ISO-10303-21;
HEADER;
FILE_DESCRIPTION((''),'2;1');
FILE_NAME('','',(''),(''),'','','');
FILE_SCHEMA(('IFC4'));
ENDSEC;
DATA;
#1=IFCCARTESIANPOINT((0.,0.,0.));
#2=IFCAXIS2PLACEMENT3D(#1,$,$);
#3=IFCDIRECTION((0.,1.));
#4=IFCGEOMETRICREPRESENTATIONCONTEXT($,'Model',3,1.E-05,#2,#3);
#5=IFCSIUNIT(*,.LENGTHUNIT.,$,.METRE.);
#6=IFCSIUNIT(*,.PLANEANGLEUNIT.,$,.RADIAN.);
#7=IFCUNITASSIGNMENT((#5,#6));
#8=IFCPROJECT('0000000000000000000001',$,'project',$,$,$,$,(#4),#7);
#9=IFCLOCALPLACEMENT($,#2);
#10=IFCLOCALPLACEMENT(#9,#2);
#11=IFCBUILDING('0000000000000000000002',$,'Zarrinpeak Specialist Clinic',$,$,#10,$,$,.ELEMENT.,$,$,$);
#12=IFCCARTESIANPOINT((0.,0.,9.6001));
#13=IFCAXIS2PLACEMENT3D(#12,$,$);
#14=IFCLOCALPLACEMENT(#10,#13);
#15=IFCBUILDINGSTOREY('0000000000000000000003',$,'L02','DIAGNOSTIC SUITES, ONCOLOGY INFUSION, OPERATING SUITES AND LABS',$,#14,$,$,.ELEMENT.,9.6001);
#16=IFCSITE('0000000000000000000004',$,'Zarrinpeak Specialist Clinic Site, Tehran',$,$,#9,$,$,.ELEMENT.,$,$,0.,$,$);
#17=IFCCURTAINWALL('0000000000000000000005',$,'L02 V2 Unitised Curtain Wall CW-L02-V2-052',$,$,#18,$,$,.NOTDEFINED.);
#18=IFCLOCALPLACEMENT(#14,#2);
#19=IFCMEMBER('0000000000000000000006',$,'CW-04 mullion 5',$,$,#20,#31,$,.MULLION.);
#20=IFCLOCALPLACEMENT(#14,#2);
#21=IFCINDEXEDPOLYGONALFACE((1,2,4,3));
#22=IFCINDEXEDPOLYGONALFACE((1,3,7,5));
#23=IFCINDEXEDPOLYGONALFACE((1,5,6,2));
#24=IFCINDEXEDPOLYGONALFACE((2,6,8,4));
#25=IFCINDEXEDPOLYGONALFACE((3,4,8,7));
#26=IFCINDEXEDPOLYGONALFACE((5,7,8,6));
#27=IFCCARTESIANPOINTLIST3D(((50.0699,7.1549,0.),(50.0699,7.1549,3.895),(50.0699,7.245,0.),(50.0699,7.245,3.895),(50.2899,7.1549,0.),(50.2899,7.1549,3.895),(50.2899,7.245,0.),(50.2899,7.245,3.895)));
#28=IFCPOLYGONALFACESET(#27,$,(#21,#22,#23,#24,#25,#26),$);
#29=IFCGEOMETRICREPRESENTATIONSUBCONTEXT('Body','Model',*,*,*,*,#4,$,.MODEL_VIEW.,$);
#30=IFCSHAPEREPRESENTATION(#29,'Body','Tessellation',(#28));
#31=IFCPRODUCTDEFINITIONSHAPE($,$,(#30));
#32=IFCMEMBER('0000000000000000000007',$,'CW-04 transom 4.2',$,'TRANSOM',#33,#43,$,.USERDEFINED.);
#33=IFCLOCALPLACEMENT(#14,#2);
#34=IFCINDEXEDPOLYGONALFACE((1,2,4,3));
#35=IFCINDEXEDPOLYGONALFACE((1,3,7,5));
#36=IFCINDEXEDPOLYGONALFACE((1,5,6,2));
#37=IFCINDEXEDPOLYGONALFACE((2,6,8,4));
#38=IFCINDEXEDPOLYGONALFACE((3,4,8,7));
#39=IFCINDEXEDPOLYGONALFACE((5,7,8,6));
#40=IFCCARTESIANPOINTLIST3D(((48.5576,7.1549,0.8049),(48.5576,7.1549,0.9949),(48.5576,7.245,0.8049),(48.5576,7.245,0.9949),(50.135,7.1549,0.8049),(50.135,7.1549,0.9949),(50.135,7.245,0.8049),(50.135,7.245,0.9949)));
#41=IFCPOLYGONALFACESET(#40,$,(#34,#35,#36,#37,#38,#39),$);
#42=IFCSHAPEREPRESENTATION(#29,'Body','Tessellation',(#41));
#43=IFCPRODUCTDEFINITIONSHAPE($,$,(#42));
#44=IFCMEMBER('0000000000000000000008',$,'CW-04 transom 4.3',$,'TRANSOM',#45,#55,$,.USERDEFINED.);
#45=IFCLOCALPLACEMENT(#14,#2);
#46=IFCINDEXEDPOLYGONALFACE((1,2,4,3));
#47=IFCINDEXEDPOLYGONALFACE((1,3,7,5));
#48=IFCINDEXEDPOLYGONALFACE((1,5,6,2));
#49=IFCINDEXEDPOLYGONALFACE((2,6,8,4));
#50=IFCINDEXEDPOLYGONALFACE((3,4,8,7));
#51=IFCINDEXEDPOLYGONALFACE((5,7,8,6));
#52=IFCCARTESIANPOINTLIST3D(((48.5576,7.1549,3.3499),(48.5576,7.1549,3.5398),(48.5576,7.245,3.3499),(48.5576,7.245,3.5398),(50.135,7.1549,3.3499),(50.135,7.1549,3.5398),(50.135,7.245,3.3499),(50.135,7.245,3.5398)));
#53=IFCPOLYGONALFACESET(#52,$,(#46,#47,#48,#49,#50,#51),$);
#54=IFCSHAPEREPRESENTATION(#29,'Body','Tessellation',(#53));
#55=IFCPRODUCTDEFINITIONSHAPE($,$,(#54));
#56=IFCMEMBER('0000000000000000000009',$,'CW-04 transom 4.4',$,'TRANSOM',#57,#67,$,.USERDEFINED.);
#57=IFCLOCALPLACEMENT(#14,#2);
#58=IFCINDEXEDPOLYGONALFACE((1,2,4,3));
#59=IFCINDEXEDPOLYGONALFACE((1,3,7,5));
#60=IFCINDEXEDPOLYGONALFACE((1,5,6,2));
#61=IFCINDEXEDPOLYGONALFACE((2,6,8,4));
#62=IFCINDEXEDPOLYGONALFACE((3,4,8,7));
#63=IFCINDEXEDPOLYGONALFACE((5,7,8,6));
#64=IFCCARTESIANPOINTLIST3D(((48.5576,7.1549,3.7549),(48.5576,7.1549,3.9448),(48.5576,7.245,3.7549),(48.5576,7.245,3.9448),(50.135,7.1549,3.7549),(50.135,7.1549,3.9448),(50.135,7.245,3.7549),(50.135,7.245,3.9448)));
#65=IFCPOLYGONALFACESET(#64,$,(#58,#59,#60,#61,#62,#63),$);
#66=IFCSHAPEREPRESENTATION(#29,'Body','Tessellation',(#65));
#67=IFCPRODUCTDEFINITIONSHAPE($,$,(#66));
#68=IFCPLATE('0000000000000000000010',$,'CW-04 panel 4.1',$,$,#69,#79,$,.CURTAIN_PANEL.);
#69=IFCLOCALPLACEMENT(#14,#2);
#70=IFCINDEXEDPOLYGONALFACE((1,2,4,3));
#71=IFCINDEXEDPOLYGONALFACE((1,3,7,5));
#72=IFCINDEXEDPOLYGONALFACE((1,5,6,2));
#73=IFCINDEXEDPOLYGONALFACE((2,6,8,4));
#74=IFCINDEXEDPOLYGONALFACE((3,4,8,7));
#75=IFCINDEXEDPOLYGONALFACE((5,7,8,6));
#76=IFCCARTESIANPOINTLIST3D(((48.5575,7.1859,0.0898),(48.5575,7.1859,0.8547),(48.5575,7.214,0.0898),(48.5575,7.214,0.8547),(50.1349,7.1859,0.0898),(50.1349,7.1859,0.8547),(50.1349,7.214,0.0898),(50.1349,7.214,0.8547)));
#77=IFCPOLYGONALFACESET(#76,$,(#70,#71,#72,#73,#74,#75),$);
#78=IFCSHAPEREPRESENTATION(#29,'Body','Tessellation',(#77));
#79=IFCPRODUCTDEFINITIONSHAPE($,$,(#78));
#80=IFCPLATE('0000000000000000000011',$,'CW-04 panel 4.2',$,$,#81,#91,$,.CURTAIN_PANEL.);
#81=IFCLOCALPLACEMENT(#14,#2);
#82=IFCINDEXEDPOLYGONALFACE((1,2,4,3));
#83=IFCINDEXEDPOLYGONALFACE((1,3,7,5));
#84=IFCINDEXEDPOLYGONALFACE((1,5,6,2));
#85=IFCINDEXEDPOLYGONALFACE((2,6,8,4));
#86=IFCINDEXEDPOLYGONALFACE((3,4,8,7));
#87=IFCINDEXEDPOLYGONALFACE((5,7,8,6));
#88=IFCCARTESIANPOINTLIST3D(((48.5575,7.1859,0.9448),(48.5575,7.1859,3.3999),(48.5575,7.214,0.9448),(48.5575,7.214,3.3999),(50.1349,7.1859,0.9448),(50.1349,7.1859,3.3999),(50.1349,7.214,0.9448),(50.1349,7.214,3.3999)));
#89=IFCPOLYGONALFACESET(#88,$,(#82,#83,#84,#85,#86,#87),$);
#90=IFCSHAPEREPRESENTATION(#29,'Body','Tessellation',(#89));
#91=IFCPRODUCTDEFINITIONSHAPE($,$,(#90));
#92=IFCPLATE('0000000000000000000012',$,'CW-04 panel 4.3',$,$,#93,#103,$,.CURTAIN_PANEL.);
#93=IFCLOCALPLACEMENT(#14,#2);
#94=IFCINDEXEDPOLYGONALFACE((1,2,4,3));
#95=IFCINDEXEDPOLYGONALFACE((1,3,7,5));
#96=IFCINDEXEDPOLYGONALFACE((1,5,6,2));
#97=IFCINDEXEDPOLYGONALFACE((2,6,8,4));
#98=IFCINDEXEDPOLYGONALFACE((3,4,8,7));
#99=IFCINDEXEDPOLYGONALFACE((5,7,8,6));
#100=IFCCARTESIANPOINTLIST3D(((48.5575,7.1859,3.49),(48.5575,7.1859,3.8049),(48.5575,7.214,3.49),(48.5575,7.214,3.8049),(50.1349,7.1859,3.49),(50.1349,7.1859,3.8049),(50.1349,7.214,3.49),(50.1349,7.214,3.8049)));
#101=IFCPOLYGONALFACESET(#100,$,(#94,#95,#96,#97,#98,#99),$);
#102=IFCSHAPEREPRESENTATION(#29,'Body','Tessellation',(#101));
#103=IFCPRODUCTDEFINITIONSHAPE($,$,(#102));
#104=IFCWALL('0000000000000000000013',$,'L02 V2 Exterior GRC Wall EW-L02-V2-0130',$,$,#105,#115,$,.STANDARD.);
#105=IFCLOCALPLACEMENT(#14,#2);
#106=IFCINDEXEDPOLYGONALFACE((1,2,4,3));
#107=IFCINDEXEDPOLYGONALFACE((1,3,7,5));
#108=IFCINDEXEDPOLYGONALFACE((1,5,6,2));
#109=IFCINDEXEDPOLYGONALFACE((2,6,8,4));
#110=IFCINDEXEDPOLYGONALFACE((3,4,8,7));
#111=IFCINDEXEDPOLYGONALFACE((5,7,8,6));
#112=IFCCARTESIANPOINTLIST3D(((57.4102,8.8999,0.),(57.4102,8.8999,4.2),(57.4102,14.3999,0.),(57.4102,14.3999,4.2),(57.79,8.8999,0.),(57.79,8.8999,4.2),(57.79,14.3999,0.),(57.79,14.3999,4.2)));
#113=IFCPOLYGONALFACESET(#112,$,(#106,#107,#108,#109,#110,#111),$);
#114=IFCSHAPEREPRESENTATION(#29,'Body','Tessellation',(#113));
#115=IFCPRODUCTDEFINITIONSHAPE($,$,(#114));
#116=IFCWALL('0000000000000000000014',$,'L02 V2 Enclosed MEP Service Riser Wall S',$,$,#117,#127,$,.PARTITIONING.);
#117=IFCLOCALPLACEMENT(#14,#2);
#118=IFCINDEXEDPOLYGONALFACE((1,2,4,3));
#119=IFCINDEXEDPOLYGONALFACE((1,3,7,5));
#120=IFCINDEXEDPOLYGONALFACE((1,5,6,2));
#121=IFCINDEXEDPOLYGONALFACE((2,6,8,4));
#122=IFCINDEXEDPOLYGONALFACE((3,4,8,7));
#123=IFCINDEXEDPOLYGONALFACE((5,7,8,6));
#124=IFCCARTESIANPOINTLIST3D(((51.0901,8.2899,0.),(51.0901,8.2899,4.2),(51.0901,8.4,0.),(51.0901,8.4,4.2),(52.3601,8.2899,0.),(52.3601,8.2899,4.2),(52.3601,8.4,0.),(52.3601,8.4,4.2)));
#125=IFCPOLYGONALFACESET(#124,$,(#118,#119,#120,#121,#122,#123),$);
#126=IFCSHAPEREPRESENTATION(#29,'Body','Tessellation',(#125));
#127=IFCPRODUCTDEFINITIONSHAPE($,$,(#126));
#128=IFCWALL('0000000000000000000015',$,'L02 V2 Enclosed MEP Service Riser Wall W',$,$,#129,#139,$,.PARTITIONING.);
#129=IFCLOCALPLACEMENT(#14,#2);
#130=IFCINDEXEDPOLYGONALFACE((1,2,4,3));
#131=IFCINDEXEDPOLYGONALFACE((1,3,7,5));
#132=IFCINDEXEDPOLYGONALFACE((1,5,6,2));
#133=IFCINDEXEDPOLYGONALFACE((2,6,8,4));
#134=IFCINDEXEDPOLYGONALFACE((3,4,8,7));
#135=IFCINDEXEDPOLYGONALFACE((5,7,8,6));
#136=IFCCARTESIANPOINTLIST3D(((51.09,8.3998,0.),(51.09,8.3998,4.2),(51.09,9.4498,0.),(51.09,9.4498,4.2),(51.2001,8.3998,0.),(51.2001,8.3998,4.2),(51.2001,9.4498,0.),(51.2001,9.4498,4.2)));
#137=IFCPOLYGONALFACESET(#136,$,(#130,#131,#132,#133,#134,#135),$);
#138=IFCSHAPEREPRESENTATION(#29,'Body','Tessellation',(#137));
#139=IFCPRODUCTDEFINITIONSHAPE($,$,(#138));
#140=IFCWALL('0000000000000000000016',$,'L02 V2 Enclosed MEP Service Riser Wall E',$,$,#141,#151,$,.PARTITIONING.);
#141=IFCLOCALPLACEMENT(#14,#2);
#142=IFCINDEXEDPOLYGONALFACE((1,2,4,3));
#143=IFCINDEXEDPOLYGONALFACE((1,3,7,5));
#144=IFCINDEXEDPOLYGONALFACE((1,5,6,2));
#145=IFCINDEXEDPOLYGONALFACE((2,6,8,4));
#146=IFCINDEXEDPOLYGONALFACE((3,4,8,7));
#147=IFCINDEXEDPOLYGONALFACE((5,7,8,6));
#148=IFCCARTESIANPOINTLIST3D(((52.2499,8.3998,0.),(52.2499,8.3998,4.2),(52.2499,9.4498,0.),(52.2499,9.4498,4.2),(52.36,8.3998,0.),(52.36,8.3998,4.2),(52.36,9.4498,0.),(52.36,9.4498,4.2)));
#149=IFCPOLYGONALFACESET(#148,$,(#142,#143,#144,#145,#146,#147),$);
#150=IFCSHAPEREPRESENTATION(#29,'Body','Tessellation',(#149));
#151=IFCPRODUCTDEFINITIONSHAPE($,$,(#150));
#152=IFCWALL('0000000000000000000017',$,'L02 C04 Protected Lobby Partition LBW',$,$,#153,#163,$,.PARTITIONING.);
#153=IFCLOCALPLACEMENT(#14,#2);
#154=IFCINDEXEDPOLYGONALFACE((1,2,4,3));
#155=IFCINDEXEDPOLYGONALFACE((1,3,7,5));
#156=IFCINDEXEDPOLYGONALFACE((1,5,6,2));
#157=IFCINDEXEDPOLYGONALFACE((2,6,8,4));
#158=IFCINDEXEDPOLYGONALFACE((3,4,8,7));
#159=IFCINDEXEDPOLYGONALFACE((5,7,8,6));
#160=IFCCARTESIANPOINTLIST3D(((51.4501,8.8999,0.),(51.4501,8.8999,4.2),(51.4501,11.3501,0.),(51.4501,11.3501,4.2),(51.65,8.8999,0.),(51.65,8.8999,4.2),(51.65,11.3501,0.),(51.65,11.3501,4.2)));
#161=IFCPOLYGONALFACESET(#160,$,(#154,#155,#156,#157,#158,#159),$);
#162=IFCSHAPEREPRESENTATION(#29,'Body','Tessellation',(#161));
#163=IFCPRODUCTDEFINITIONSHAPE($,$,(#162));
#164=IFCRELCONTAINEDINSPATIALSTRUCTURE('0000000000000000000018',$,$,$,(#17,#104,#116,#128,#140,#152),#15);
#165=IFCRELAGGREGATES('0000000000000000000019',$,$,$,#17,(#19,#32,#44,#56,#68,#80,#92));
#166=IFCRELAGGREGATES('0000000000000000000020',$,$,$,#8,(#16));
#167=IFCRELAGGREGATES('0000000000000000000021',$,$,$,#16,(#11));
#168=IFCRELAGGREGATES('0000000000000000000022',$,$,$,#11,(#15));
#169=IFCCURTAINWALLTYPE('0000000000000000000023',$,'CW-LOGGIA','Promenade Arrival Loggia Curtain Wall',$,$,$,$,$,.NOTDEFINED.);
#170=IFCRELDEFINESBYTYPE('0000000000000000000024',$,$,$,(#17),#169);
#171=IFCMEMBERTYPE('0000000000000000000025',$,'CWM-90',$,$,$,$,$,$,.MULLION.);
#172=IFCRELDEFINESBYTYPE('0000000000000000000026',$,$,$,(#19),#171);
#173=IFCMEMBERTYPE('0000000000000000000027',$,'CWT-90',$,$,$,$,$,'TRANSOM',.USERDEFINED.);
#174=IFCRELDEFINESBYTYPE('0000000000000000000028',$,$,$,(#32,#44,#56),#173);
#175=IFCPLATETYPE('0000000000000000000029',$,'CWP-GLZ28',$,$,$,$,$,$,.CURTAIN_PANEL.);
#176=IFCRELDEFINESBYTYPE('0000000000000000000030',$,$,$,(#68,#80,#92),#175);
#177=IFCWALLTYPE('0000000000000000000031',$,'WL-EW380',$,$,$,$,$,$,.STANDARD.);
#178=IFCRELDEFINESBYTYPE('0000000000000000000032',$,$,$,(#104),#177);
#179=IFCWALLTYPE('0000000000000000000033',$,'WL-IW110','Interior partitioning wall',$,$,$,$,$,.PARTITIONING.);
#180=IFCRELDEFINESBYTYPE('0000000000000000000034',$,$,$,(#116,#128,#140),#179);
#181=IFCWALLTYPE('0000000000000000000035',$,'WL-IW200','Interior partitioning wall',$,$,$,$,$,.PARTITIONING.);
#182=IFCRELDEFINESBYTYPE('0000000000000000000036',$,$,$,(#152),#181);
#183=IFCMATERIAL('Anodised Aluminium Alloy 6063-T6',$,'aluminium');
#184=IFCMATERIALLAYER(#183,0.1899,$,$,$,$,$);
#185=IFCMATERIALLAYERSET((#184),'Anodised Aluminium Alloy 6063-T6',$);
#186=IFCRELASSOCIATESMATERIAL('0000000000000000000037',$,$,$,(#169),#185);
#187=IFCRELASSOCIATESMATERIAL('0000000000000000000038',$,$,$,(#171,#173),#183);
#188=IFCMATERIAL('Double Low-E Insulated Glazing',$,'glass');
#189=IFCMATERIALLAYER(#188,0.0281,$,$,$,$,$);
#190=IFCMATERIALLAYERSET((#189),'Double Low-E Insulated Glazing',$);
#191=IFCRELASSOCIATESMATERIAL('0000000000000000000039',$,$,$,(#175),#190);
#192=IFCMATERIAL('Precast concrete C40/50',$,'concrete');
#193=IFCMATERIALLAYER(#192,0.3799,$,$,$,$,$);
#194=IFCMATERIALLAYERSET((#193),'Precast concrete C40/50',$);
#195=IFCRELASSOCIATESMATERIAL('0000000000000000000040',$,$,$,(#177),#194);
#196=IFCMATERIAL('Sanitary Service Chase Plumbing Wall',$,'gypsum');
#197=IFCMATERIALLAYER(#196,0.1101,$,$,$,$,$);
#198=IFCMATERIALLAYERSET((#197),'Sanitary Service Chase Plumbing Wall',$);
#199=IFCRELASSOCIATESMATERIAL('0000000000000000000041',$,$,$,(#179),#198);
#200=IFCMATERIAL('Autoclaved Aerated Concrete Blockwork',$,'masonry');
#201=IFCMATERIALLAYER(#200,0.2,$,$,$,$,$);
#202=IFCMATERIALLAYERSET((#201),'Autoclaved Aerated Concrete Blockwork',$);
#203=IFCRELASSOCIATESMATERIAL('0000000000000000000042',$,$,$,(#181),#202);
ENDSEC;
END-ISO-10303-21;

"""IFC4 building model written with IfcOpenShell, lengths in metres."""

from ifc_helpers import new_model, si_unit, direction, frame, frame_2d, origin, origin_2d, place, context, subcontext, project, spatial, rectangle, extrude, material, layer, layer_set, material_profile, profile_set, type_object, element, aggregate, save


model = new_model("IFC4")

# Units and contexts
model_context = context("Model", 3, precision=1e-05, world=origin(), true_north=direction((0.0, 1.0)))
body_context = subcontext(model_context, "Body", "Model", "MODEL_VIEW")
ifc_project = project(units=[si_unit("LENGTHUNIT", "METRE"), si_unit("PLANEANGLEUNIT", "RADIAN")], contexts=[model_context])

# Site, building, storey
site_placement = place(None, origin())
site = spatial("IfcSite", under=ifc_project, at=site_placement, Name="Zarrinpeak Specialist Clinic Site, Tehran", CompositionType="ELEMENT", RefElevation=0.0)
building_placement = place(site_placement, origin())
building = spatial("IfcBuilding", under=site, at=building_placement, Name="Zarrinpeak Specialist Clinic", CompositionType="ELEMENT")
storey_placement = place(building_placement, frame((0.0, 0.0, 9.6001)))
storey = spatial("IfcBuildingStorey", under=building, at=storey_placement, Name="L02", Description="DIAGNOSTIC SUITES, ONCOLOGY INFUSION, OPERATING SUITES AND LABS", CompositionType="ELEMENT", Elevation=9.6001)

# Curtain wall, members, plates
ifc_material_1 = material(Name="Anodised Aluminium Alloy 6063-T6", Category="aluminium")
ifc_layer_1 = layer(ifc_material_1, 0.1899)
ifc_layer_set_1 = layer_set([ifc_layer_1], Name="Anodised Aluminium Alloy 6063-T6")
curtain_wall_type = type_object("IfcCurtainWallType", Name="CW-LOGGIA", Description="Promenade Arrival Loggia Curtain Wall", PredefinedType="NOTDEFINED", material=ifc_layer_set_1)
curtain_wall_placement = place(storey_placement, origin())
curtain_wall = element("IfcCurtainWall", 1, at=curtain_wall_placement, inside=storey, type_object=curtain_wall_type, Name="L02 V2 Unitised Curtain Wall CW-L02-V2-052", PredefinedType="NOTDEFINED")
ifc_material_profile_1 = material_profile(ifc_material_1, rectangle(XDim=0.0901, YDim=0.22, at=origin_2d()), Name="ALU 90x220")
ifc_profile_set_1 = profile_set([ifc_material_profile_1], Name="Anodised Aluminium Alloy 6063-T6")
member_type_1 = type_object("IfcMemberType", Name="CWM-90", PredefinedType="MULLION", material=ifc_profile_set_1)
member_1_placement = place(storey_placement, frame((50.1799, 7.2, 0.0), z_axis=(0.0, 0.0, 1.0), x_axis=(0.0, 1.0, 0.0)))
member_1 = element("IfcMember", 2, at=member_1_placement, type_object=member_type_1, Name="CW-04 mullion 5", PredefinedType="MULLION", context=body_context, shape_type="SweptSolid", body=[
    extrude(rectangle(XDim=0.0901, YDim=0.22, at=origin_2d()), origin(), (0.0, 0.0, 1.0), 3.895),
])
ifc_material_profile_2 = material_profile(ifc_material_1, rectangle(XDim=0.0901, YDim=0.1899, at=origin_2d()), Name="ALU 90x190")
ifc_profile_set_2 = profile_set([ifc_material_profile_2], Name="Anodised Aluminium Alloy 6063-T6")
member_type_2 = type_object("IfcMemberType", Name="CWT-90", ElementType="TRANSOM", PredefinedType="USERDEFINED", material=ifc_profile_set_2)
member_2_placement = place(storey_placement, frame((48.5576, 7.2, 0.8999), z_axis=(1.0, 0.0, 0.0), x_axis=(0.0, 1.0, 0.0)))
member_2 = element("IfcMember", 3, at=member_2_placement, type_object=member_type_2, Name="CW-04 transom 4.2", ObjectType="TRANSOM", PredefinedType="USERDEFINED", context=body_context, shape_type="SweptSolid", body=[
    extrude(rectangle(XDim=0.0901, YDim=0.1899, at=origin_2d()), origin(), (0.0, 0.0, 1.0), 1.5774),
])
member_3_placement = place(storey_placement, frame((48.5576, 7.2, 3.4448), z_axis=(1.0, 0.0, 0.0), x_axis=(0.0, 1.0, 0.0)))
member_3 = element("IfcMember", 4, at=member_3_placement, type_object=member_type_2, Name="CW-04 transom 4.3", ObjectType="TRANSOM", PredefinedType="USERDEFINED", context=body_context, shape_type="SweptSolid", body=[
    extrude(rectangle(XDim=0.0901, YDim=0.1899, at=origin_2d()), origin(), (0.0, 0.0, 1.0), 1.5774),
])
member_4_placement = place(storey_placement, frame((48.5576, 7.2, 3.8499), z_axis=(1.0, 0.0, 0.0), x_axis=(0.0, 1.0, 0.0)))
member_4 = element("IfcMember", 5, at=member_4_placement, type_object=member_type_2, Name="CW-04 transom 4.4", ObjectType="TRANSOM", PredefinedType="USERDEFINED", context=body_context, shape_type="SweptSolid", body=[
    extrude(rectangle(XDim=0.0901, YDim=0.1899, at=origin_2d()), origin(), (0.0, 0.0, 1.0), 1.5774),
])
ifc_material_2 = material(Name="Double Low-E Insulated Glazing", Category="glass")
ifc_layer_2 = layer(ifc_material_2, 0.0281)
ifc_layer_set_2 = layer_set([ifc_layer_2], Name="Double Low-E Insulated Glazing")
plate_type = type_object("IfcPlateType", Name="CWP-GLZ28", PredefinedType="CURTAIN_PANEL", material=ifc_layer_set_2)
plate_1_placement = place(storey_placement, frame((49.3462, 7.2, 0.0898), z_axis=(0.0, 0.0, 1.0), x_axis=(1.0, 0.0, 0.0)))
plate_1 = element("IfcPlate", 6, at=plate_1_placement, type_object=plate_type, Name="CW-04 panel 4.1", PredefinedType="CURTAIN_PANEL", context=body_context, shape_type="SweptSolid", body=[
    extrude(rectangle(XDim=1.5774, YDim=0.0281, at=origin_2d()), origin(), (0.0, 0.0, 1.0), 0.7649),
])
plate_2_placement = place(storey_placement, frame((49.3462, 7.2, 0.9448), z_axis=(0.0, 0.0, 1.0), x_axis=(1.0, 0.0, 0.0)))
plate_2 = element("IfcPlate", 7, at=plate_2_placement, type_object=plate_type, Name="CW-04 panel 4.2", PredefinedType="CURTAIN_PANEL", context=body_context, shape_type="SweptSolid", body=[
    extrude(rectangle(XDim=1.5774, YDim=0.0281, at=origin_2d()), origin(), (0.0, 0.0, 1.0), 2.4551),
])
plate_3_placement = place(storey_placement, frame((49.3462, 7.2, 3.49), z_axis=(0.0, 0.0, 1.0), x_axis=(1.0, 0.0, 0.0)))
plate_3 = element("IfcPlate", 8, at=plate_3_placement, type_object=plate_type, Name="CW-04 panel 4.3", PredefinedType="CURTAIN_PANEL", context=body_context, shape_type="SweptSolid", body=[
    extrude(rectangle(XDim=1.5774, YDim=0.0281, at=origin_2d()), origin(), (0.0, 0.0, 1.0), 0.3149),
])
aggregate(curtain_wall, [member_1, member_2, member_3, member_4, plate_1, plate_2, plate_3])

# Walls
ifc_material_3 = material(Name="Precast concrete C40/50", Category="concrete")
ifc_layer_3 = layer(ifc_material_3, 0.3799)
ifc_layer_set_3 = layer_set([ifc_layer_3], Name="Precast concrete C40/50")
wall_type_1 = type_object("IfcWallType", Name="WL-EW380", PredefinedType="STANDARD", material=ifc_layer_set_3)
wall_1_placement = place(storey_placement, frame((57.6001, 8.8999, 0.0), z_axis=(0.0, 0.0, 1.0), x_axis=(0.0, 1.0, 0.0)))
element("IfcWall", 9, at=wall_1_placement, inside=storey, type_object=wall_type_1, Name="L02 V2 Exterior GRC Wall EW-L02-V2-0130", PredefinedType="STANDARD", context=body_context, shape_type="SweptSolid", body=[
    extrude(rectangle(XDim=5.5, YDim=0.3799, at=frame_2d((2.75, 0.0))), origin(), (0.0, 0.0, 1.0), 4.2),
])
ifc_material_4 = material(Name="Sanitary Service Chase Plumbing Wall", Category="gypsum")
ifc_layer_4 = layer(ifc_material_4, 0.1101)
ifc_layer_set_4 = layer_set([ifc_layer_4], Name="Sanitary Service Chase Plumbing Wall")
wall_type_2 = type_object("IfcWallType", Name="WL-IW110", Description="Interior partitioning wall", PredefinedType="PARTITIONING", material=ifc_layer_set_4)
wall_2_placement = place(storey_placement, frame((51.0901, 8.345, 0.0), z_axis=(0.0, 0.0, 1.0), x_axis=(1.0, 0.0, 0.0)))
element("IfcWall", 10, at=wall_2_placement, inside=storey, type_object=wall_type_2, Name="L02 V2 Enclosed MEP Service Riser Wall S", PredefinedType="PARTITIONING", context=body_context, shape_type="SweptSolid", body=[
    extrude(rectangle(XDim=1.27, YDim=0.1101, at=frame_2d((0.635, 0.0))), origin(), (0.0, 0.0, 1.0), 4.2),
])
for number, where, z_axis, x_axis, name in (
    (11, (51.145, 8.3999, 0.0), (0.0, 0.0, 1.0), (0.0, 1.0, 0.0), "L02 V2 Enclosed MEP Service Riser Wall W"),
    (12, (52.3049, 8.3999, 0.0), (0.0, 0.0, 1.0), (0.0, 1.0, 0.0), "L02 V2 Enclosed MEP Service Riser Wall E"),
):
    element("IfcWall", number, at=place(storey_placement, frame(where, z_axis=z_axis, x_axis=x_axis)), inside=storey, type_object=wall_type_2, Name=name, PredefinedType="PARTITIONING", context=body_context, shape_type="SweptSolid", body=[
        extrude(rectangle(XDim=1.05, YDim=0.1101, at=frame_2d((0.5249, 0.0))), origin(), (0.0, 0.0, 1.0), 4.2),
    ])
ifc_material_5 = material(Name="Autoclaved Aerated Concrete Blockwork", Category="masonry")
ifc_layer_5 = layer(ifc_material_5, 0.2)
ifc_layer_set_5 = layer_set([ifc_layer_5], Name="Autoclaved Aerated Concrete Blockwork")
wall_type_3 = type_object("IfcWallType", Name="WL-IW200", Description="Interior partitioning wall", PredefinedType="PARTITIONING", material=ifc_layer_set_5)
wall_3_placement = place(storey_placement, frame((51.55, 8.8999, 0.0), z_axis=(0.0, 0.0, 1.0), x_axis=(0.0, 1.0, 0.0)))
element("IfcWall", 13, at=wall_3_placement, inside=storey, type_object=wall_type_3, Name="L02 C04 Protected Lobby Partition LBW", PredefinedType="PARTITIONING", context=body_context, shape_type="SweptSolid", body=[
    extrude(rectangle(XDim=2.4502, YDim=0.2, at=frame_2d((1.2251, 0.0))), origin(), (0.0, 0.0, 1.0), 4.2),
])

save(model, "model.ifc")
